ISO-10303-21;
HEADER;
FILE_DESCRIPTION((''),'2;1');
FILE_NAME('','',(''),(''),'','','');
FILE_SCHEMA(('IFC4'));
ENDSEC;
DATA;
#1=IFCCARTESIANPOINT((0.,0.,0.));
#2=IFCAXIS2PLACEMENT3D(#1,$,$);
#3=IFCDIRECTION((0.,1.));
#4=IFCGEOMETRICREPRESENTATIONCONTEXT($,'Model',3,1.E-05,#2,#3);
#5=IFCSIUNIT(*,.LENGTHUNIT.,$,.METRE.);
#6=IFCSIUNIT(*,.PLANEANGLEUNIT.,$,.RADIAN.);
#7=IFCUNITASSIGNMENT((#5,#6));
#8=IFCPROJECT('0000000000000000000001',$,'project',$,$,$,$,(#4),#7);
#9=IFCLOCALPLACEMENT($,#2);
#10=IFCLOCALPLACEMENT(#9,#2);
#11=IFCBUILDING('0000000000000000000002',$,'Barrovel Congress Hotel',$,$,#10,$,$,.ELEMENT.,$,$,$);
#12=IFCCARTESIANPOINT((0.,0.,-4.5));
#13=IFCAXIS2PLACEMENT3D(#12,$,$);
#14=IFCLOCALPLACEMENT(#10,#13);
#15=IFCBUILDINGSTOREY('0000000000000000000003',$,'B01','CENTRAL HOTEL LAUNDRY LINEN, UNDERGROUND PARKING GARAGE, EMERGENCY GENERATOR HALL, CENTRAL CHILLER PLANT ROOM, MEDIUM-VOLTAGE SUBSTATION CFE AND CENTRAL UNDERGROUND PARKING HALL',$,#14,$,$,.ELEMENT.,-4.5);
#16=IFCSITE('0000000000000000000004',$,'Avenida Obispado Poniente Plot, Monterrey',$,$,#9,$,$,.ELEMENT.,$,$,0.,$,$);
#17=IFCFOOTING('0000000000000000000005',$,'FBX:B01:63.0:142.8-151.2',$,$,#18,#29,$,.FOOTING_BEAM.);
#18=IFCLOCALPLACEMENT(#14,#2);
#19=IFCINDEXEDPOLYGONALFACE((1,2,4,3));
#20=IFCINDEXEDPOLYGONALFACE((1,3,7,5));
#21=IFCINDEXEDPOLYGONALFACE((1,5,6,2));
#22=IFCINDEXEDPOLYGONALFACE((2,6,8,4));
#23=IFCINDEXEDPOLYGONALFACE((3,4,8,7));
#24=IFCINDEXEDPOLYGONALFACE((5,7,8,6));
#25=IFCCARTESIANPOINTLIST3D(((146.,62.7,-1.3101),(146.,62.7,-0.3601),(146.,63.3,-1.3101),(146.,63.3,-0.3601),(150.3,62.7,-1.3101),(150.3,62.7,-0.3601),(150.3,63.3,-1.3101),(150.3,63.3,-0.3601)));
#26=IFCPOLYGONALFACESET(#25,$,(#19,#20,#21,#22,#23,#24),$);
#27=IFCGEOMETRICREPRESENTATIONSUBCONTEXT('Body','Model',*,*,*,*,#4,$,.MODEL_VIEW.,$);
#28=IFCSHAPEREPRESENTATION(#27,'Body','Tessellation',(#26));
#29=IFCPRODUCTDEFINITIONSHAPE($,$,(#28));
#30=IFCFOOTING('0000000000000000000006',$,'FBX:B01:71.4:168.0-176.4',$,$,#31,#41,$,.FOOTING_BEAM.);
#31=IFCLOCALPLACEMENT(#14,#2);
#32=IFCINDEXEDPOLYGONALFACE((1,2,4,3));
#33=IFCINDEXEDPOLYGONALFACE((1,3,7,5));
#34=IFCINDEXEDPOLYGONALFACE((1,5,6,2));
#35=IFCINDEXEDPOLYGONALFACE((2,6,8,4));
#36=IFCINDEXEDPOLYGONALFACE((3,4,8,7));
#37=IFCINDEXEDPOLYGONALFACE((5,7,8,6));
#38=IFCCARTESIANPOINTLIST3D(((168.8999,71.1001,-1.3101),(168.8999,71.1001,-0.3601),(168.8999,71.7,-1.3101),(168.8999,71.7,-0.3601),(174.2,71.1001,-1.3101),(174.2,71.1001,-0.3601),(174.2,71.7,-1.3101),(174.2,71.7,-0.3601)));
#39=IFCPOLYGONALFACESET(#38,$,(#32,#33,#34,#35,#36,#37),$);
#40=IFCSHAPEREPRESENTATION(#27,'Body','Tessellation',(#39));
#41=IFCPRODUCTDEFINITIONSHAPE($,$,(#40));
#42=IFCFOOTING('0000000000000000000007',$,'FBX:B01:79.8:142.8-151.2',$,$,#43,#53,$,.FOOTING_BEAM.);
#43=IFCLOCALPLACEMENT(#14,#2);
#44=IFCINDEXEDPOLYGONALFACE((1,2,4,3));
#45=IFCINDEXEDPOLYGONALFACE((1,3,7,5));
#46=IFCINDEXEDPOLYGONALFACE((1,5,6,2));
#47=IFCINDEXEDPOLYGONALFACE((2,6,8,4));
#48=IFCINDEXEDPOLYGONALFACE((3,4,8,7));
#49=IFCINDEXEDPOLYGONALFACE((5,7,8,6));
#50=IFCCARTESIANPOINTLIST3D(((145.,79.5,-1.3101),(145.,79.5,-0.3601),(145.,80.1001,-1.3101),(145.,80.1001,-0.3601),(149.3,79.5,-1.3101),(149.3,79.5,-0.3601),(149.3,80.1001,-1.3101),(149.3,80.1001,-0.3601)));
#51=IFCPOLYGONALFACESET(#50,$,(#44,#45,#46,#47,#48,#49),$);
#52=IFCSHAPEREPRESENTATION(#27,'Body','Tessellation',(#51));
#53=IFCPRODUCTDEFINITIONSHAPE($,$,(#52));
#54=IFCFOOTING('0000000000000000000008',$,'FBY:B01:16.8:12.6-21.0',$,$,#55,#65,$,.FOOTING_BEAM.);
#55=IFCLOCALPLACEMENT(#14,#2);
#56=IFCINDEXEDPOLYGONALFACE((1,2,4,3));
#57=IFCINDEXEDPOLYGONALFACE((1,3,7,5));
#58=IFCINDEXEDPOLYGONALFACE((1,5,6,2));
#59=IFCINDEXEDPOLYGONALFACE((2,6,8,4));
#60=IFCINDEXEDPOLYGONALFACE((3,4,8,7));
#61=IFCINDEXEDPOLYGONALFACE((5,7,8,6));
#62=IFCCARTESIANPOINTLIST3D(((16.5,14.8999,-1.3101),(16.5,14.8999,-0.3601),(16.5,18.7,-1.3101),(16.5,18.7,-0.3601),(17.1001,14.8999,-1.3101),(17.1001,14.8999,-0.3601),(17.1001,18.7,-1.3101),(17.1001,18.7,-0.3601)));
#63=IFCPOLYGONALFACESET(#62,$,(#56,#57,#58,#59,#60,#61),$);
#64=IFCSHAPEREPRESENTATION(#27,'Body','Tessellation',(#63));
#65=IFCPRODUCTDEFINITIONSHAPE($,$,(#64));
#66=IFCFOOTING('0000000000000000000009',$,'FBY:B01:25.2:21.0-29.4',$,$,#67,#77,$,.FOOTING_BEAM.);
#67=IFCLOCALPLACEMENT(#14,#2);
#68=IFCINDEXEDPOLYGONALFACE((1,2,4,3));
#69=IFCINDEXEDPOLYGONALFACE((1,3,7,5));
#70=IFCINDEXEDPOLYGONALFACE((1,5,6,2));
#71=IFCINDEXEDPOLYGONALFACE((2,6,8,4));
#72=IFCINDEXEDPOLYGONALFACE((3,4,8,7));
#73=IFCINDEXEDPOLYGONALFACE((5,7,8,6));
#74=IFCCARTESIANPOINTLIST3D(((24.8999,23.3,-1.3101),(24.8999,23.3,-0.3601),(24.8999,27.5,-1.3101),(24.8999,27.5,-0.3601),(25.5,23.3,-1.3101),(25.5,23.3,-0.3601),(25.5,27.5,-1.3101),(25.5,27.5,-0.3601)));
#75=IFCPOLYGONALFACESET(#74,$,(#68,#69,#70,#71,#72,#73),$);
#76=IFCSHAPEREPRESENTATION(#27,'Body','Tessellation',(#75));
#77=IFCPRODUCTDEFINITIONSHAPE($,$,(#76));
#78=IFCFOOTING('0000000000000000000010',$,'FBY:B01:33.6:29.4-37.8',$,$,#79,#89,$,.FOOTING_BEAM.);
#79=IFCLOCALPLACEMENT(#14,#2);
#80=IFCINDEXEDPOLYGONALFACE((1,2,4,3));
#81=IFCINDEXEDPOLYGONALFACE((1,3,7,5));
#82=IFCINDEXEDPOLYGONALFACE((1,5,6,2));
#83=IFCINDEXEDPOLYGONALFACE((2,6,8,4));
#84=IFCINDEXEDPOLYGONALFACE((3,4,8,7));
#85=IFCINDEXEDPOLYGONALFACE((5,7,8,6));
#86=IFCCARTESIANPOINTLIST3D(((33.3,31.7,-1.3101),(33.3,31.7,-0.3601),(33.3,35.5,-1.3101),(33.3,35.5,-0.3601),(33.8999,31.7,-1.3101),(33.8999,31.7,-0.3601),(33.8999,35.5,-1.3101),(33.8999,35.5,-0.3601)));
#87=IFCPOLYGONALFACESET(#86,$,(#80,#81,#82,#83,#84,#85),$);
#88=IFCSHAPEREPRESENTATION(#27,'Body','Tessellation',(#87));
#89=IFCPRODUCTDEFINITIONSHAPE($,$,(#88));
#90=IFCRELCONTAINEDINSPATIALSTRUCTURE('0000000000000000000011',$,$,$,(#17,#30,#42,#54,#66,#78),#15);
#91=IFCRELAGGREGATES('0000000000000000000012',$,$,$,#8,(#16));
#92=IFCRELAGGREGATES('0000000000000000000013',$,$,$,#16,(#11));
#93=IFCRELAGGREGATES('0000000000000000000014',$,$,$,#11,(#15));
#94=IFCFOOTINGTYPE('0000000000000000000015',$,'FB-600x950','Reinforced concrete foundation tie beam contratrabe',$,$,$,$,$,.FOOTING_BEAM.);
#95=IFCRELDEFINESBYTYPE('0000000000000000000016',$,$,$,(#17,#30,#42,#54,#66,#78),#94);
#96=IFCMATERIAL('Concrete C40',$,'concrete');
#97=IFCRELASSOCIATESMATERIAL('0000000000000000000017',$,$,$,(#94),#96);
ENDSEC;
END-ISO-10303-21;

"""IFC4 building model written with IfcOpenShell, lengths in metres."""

from ifc_helpers import new_model, si_unit, direction, frame, origin, place, context, subcontext, project, spatial, polyline, outline, extrude, material, type_object, element, save


model = new_model("IFC4")

# Units and contexts
model_context = context("Model", 3, precision=1e-05, world=origin(), true_north=direction((0.0, 1.0)))
body_context = subcontext(model_context, "Body", "Model", "MODEL_VIEW")
ifc_project = project(units=[si_unit("LENGTHUNIT", "METRE"), si_unit("PLANEANGLEUNIT", "RADIAN")], contexts=[model_context])

# Site, building, storey
site_placement = place(None, origin())
site = spatial("IfcSite", under=ifc_project, at=site_placement, Name="Avenida Obispado Poniente Plot, Monterrey", CompositionType="ELEMENT", RefElevation=0.0)
building_placement = place(site_placement, origin())
building = spatial("IfcBuilding", under=site, at=building_placement, Name="Barrovel Congress Hotel", CompositionType="ELEMENT")
storey_placement = place(building_placement, frame((0.0, 0.0, -4.5)))
storey = spatial("IfcBuildingStorey", under=building, at=storey_placement, Name="B01", Description="CENTRAL HOTEL LAUNDRY LINEN, UNDERGROUND PARKING GARAGE, EMERGENCY GENERATOR HALL, CENTRAL CHILLER PLANT ROOM, MEDIUM-VOLTAGE SUBSTATION CFE AND CENTRAL UNDERGROUND PARKING HALL", CompositionType="ELEMENT", Elevation=-4.5)

# Footings
ifc_material = material(Name="Concrete C40", Category="concrete")
footing_type = type_object("IfcFootingType", Name="FB-600x950", Description="Reinforced concrete foundation tie beam contratrabe", PredefinedType="FOOTING_BEAM", material=ifc_material)
footing_1_placement = place(storey_placement, frame((0.0, 0.0, -1.3101)))
element("IfcFooting", 1, at=footing_1_placement, inside=storey, type_object=footing_type, Name="FBX:B01:63.0:142.8-151.2", PredefinedType="FOOTING_BEAM", context=body_context, shape_type="SweptSolid", body=[
    extrude(outline(polyline([(146.0, 62.7), (150.3, 62.7), (150.3, 63.3), (146.0, 63.3), (146.0, 62.7)])), origin(), (0.0, 0.0, 1.0), 0.95),
])
footing_2_placement = place(storey_placement, frame((0.0, 0.0, -1.3101)))
element("IfcFooting", 2, at=footing_2_placement, inside=storey, type_object=footing_type, Name="FBX:B01:71.4:168.0-176.4", PredefinedType="FOOTING_BEAM", context=body_context, shape_type="SweptSolid", body=[
    extrude(outline(polyline([(168.8999, 71.1001), (174.2, 71.1001), (174.2, 71.7), (168.8999, 71.7), (168.8999, 71.1001)])), origin(), (0.0, 0.0, 1.0), 0.95),
])
footing_3_placement = place(storey_placement, frame((0.0, 0.0, -1.3101)))
element("IfcFooting", 3, at=footing_3_placement, inside=storey, type_object=footing_type, Name="FBX:B01:79.8:142.8-151.2", PredefinedType="FOOTING_BEAM", context=body_context, shape_type="SweptSolid", body=[
    extrude(outline(polyline([(145.0, 79.5), (149.3, 79.5), (149.3, 80.1001), (145.0, 80.1001), (145.0, 79.5)])), origin(), (0.0, 0.0, 1.0), 0.95),
])
footing_4_placement = place(storey_placement, frame((0.0, 0.0, -1.3101)))
element("IfcFooting", 4, at=footing_4_placement, inside=storey, type_object=footing_type, Name="FBY:B01:16.8:12.6-21.0", PredefinedType="FOOTING_BEAM", context=body_context, shape_type="SweptSolid", body=[
    extrude(outline(polyline([(16.5, 14.8999), (17.1001, 14.8999), (17.1001, 18.7), (16.5, 18.7), (16.5, 14.8999)])), origin(), (0.0, 0.0, 1.0), 0.95),
])
footing_5_placement = place(storey_placement, frame((0.0, 0.0, -1.3101)))
element("IfcFooting", 5, at=footing_5_placement, inside=storey, type_object=footing_type, Name="FBY:B01:25.2:21.0-29.4", PredefinedType="FOOTING_BEAM", context=body_context, shape_type="SweptSolid", body=[
    extrude(outline(polyline([(24.8999, 23.3), (25.5, 23.3), (25.5, 27.5), (24.8999, 27.5), (24.8999, 23.3)])), origin(), (0.0, 0.0, 1.0), 0.95),
])
footing_6_placement = place(storey_placement, frame((0.0, 0.0, -1.3101)))
element("IfcFooting", 6, at=footing_6_placement, inside=storey, type_object=footing_type, Name="FBY:B01:33.6:29.4-37.8", PredefinedType="FOOTING_BEAM", context=body_context, shape_type="SweptSolid", body=[
    extrude(outline(polyline([(33.3, 31.7), (33.8999, 31.7), (33.8999, 35.5), (33.3, 35.5), (33.3, 31.7)])), origin(), (0.0, 0.0, 1.0), 0.95),
])

save(model, "model.ifc")
